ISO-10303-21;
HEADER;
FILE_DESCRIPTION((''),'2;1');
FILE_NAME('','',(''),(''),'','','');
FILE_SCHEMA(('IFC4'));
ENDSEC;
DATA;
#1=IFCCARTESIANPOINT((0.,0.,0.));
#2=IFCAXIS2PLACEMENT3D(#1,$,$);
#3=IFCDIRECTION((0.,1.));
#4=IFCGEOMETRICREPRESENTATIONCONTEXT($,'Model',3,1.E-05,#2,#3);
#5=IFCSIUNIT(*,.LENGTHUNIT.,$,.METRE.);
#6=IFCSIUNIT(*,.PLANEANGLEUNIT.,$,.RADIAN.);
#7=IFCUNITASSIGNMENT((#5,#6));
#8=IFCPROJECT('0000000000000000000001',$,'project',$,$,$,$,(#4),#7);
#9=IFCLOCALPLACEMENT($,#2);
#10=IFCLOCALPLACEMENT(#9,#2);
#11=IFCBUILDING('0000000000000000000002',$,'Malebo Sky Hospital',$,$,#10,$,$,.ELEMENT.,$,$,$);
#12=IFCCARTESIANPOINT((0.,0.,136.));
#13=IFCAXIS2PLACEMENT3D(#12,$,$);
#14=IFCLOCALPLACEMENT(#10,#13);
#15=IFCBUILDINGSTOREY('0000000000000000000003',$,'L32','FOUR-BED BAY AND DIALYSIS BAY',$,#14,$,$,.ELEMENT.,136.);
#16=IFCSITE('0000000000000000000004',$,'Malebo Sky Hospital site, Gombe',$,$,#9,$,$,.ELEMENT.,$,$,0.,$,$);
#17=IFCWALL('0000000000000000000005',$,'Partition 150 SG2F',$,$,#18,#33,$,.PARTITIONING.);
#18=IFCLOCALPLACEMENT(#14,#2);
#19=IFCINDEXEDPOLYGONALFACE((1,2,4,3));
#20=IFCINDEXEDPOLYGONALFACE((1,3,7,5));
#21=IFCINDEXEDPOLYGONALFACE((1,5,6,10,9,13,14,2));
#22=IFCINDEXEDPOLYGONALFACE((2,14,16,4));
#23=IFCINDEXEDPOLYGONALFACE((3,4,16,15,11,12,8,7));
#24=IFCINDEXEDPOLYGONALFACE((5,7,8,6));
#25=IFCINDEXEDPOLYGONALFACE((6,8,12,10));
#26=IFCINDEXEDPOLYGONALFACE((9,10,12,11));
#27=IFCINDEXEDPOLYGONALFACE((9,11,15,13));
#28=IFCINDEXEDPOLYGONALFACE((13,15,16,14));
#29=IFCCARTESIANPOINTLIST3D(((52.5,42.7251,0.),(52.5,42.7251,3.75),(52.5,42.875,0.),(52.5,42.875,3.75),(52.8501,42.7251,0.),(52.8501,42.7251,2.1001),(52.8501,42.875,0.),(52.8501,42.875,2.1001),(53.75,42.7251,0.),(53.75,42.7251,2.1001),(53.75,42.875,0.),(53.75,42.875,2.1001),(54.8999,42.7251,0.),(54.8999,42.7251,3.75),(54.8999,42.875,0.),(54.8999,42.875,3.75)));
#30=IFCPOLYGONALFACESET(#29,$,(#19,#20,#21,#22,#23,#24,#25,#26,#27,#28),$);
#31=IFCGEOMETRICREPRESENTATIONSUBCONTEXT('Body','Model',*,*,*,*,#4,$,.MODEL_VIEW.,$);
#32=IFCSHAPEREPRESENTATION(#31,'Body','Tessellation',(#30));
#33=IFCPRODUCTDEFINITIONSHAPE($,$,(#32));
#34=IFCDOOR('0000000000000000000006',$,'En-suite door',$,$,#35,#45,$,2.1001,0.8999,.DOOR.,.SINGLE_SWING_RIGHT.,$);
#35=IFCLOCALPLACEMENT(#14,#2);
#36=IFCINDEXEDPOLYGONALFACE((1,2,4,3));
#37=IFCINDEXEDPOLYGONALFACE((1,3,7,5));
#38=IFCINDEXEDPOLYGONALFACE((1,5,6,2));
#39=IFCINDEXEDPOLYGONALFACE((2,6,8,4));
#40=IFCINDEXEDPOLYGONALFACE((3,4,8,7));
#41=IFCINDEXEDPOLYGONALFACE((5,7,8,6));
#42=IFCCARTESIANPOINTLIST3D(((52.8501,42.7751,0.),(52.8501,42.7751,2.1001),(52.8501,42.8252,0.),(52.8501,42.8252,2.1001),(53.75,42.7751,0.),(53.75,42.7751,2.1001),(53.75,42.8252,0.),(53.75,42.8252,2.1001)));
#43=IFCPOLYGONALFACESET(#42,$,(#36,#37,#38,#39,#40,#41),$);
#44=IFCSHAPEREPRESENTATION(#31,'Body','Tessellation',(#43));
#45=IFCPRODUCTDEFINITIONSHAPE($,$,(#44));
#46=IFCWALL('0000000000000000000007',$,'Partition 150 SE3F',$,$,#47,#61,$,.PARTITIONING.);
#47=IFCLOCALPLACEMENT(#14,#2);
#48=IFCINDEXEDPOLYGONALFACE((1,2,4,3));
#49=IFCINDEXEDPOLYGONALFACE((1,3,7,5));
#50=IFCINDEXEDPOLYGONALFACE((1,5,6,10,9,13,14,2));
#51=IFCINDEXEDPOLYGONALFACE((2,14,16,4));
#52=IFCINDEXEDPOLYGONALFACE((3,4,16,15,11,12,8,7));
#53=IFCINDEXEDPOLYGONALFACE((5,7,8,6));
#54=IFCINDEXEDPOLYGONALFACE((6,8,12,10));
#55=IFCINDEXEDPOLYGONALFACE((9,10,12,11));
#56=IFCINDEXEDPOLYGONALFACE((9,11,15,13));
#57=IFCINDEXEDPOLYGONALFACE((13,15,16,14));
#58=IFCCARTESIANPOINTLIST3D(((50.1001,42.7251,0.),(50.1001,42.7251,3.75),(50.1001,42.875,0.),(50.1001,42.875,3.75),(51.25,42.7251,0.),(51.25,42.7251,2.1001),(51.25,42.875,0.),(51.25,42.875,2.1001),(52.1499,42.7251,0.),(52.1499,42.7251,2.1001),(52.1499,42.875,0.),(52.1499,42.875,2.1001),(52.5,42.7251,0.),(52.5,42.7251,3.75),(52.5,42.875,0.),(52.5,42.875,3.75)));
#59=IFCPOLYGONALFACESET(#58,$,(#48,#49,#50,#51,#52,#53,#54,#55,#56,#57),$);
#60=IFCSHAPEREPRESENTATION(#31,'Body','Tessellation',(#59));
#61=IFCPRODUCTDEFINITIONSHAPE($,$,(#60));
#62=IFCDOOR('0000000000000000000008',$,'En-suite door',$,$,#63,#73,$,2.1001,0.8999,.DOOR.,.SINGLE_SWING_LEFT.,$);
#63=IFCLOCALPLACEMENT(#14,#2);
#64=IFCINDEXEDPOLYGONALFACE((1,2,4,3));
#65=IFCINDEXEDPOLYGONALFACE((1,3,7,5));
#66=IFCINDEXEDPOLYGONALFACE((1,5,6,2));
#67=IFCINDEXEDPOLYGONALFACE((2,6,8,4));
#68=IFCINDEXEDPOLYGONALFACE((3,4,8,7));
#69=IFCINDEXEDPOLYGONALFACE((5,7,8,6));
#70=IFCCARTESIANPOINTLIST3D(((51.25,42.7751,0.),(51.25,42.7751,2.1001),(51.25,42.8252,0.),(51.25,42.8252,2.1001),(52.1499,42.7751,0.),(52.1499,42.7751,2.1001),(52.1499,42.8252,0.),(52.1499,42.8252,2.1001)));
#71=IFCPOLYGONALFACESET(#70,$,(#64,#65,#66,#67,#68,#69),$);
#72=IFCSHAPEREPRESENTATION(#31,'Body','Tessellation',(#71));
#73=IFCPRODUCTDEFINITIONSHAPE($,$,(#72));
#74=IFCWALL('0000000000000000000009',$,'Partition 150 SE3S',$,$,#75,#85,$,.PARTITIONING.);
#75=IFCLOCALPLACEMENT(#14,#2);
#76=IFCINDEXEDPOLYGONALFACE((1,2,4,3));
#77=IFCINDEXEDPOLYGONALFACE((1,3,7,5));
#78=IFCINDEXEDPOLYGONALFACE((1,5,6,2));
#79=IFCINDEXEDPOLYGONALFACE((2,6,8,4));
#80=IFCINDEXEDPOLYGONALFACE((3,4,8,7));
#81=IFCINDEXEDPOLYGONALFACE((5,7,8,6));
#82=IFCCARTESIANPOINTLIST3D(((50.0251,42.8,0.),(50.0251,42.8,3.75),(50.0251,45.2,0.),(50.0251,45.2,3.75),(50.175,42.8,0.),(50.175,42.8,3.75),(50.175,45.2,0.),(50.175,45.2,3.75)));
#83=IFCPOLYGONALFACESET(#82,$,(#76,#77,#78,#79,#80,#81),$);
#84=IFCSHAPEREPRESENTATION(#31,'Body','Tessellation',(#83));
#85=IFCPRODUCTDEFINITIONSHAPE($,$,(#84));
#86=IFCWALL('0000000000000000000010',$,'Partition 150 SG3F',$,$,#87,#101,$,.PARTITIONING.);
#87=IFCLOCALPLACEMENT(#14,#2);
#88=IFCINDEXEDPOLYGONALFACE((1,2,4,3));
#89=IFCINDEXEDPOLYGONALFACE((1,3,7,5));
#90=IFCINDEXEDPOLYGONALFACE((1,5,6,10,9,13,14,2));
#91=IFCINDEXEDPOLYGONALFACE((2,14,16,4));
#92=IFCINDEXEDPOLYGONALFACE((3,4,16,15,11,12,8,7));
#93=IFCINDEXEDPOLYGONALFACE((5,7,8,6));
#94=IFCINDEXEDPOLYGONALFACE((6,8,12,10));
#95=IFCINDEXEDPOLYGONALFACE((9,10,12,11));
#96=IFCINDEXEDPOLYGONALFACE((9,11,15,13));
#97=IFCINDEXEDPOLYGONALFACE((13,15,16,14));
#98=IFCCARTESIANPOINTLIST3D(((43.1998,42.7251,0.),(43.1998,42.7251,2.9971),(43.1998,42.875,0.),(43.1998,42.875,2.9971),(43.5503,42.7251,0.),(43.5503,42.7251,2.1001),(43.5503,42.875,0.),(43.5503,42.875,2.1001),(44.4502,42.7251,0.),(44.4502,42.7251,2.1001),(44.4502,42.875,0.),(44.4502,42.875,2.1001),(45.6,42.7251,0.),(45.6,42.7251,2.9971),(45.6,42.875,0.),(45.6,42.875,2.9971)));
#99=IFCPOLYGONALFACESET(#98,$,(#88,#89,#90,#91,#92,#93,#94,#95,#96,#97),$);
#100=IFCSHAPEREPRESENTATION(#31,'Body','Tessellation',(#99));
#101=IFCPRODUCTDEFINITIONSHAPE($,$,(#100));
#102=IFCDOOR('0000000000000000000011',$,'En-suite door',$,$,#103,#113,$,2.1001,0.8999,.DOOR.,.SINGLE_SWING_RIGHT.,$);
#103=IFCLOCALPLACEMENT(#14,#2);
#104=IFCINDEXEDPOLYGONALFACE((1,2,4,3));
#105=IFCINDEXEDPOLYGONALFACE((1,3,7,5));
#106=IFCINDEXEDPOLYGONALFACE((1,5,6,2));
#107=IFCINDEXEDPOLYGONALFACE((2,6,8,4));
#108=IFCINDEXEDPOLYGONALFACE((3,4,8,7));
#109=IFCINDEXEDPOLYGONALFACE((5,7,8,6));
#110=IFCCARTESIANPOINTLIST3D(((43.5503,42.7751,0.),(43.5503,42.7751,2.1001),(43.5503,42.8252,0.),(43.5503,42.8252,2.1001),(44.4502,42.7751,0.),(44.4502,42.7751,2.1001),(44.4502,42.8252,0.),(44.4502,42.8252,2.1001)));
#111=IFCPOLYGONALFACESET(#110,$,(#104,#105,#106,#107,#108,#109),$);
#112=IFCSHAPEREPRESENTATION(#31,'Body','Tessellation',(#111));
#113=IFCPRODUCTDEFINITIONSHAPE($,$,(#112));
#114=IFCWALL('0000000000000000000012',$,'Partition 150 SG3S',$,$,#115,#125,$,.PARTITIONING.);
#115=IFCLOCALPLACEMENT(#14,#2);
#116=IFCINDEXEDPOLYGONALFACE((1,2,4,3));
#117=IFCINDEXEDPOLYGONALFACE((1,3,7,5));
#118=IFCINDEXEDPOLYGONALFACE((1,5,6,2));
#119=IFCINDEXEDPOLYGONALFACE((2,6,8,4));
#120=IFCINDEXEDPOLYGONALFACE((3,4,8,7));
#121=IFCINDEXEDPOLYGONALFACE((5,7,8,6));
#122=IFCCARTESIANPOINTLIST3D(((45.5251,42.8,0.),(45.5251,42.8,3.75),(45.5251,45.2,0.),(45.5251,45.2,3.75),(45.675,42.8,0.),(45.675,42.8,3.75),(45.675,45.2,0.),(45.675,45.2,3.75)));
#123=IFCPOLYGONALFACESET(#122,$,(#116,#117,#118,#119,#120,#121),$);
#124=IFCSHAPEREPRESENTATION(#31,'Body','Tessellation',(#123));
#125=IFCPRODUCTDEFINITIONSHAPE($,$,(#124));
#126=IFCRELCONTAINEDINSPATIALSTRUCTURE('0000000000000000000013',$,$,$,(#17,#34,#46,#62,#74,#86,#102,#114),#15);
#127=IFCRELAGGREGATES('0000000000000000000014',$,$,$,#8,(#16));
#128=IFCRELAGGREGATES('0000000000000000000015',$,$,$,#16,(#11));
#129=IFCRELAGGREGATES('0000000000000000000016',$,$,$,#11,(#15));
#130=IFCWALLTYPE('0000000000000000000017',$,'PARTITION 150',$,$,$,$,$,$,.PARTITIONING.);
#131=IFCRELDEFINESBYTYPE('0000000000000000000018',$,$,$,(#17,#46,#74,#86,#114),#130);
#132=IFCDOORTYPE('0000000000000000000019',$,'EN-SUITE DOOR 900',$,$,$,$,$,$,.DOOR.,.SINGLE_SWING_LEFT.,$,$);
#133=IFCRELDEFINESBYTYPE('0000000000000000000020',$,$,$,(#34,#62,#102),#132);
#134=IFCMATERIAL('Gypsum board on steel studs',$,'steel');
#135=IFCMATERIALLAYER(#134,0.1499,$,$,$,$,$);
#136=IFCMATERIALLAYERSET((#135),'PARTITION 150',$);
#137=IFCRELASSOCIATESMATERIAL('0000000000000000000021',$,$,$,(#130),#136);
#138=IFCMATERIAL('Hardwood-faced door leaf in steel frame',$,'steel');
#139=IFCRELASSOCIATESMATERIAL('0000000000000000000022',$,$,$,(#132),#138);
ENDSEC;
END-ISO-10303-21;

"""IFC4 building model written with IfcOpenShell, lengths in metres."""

from ifc_helpers import new_model, si_unit, direction, frame, frame_2d, origin, place, context, subcontext, project, spatial, rectangle, extrude, material, layer, layer_set, type_object, element, fill, save


model = new_model("IFC4")

# Units and contexts
model_context = context("Model", 3, precision=1e-05, world=origin(), true_north=direction((0.0, 1.0)))
body_context = subcontext(model_context, "Body", "Model", "MODEL_VIEW")
ifc_project = project(units=[si_unit("LENGTHUNIT", "METRE"), si_unit("PLANEANGLEUNIT", "RADIAN")], contexts=[model_context])

# Site, building, storey
site_placement = place(None, origin())
site = spatial("IfcSite", under=ifc_project, at=site_placement, Name="Malebo Sky Hospital site, Gombe", CompositionType="ELEMENT", RefElevation=0.0)
building_placement = place(site_placement, origin())
building = spatial("IfcBuilding", under=site, at=building_placement, Name="Malebo Sky Hospital", CompositionType="ELEMENT")
storey_placement = place(building_placement, frame((0.0, 0.0, 136.0)))
storey = spatial("IfcBuildingStorey", under=building, at=storey_placement, Name="L32", Description="FOUR-BED BAY AND DIALYSIS BAY", CompositionType="ELEMENT", Elevation=136.0)

# Shared definitions
ifc_material_1 = material(Name="Gypsum board on steel studs", Category="steel")
ifc_layer_1 = layer(ifc_material_1, 0.1499)
ifc_layer_set_1 = layer_set([ifc_layer_1], Name="PARTITION 150")
wall_type = type_object("IfcWallType", Name="PARTITION 150", PredefinedType="PARTITIONING", material=ifc_layer_set_1)

# Walls, openings, doors
wall_1_placement = place(storey_placement, frame((54.8999, 42.8, 0.0), z_axis=(0.0, 0.0, 1.0), x_axis=(-1.0, 0.0, 0.0)))
wall_1 = element("IfcWall", 1, at=wall_1_placement, inside=storey, type_object=wall_type, Name="Partition 150 SG2F", PredefinedType="PARTITIONING", context=body_context, shape_type="SweptSolid", body=[
    extrude(rectangle(XDim=2.3999, YDim=0.1499, at=frame_2d((1.2, 0.0))), origin(), (0.0, 0.0, 1.0), 3.75),
])
opening_1_placement = place(wall_1_placement, frame((1.1499, 0.0, 0.0)))
opening_1 = element("IfcOpeningElement", 2, at=opening_1_placement, cuts=wall_1, PredefinedType="OPENING", context=body_context, shape_type="SweptSolid", body=[
    extrude(rectangle(XDim=0.8999, YDim=2.1001, at=frame_2d((0.45, 1.05))), frame((0.0, 0.085, 0.0), z_axis=(0.0, -1.0, 0.0), x_axis=(1.0, 0.0, 0.0)), (0.0, 0.0, 1.0), 0.1699),
])
ifc_material_2 = material(Name="Hardwood-faced door leaf in steel frame", Category="steel")
door_type = type_object("IfcDoorType", Name="EN-SUITE DOOR 900", OperationType="SINGLE_SWING_LEFT", PredefinedType="DOOR", material=ifc_material_2)
door_1_placement = place(opening_1_placement, origin())
door_1 = element("IfcDoor", 3, at=door_1_placement, inside=storey, type_object=door_type, Name="En-suite door", OperationType="SINGLE_SWING_RIGHT", OverallHeight=2.1001, OverallWidth=0.8999, PredefinedType="DOOR", context=body_context, shape_type="SweptSolid", body=[
    extrude(rectangle(XDim=0.8999, YDim=2.1001, at=frame_2d((0.45, 1.05))), frame((0.0, 0.0249, 0.0), z_axis=(0.0, -1.0, 0.0), x_axis=(1.0, 0.0, 0.0)), (0.0, 0.0, 1.0), 0.05),
])
fill(opening_1, door_1)
wall_2_placement = place(storey_placement, frame((52.5, 42.8, 0.0), z_axis=(0.0, 0.0, 1.0), x_axis=(-1.0, 0.0, 0.0)))
wall_2 = element("IfcWall", 4, at=wall_2_placement, inside=storey, type_object=wall_type, Name="Partition 150 SE3F", PredefinedType="PARTITIONING", context=body_context, shape_type="SweptSolid", body=[
    extrude(rectangle(XDim=2.3999, YDim=0.1499, at=frame_2d((1.2, 0.0))), origin(), (0.0, 0.0, 1.0), 3.75),
])
opening_2_placement = place(wall_2_placement, frame((0.3501, 0.0, 0.0)))
opening_2 = element("IfcOpeningElement", 5, at=opening_2_placement, cuts=wall_2, PredefinedType="OPENING", context=body_context, shape_type="SweptSolid", body=[
    extrude(rectangle(XDim=0.8999, YDim=2.1001, at=frame_2d((0.45, 1.05))), frame((0.0, 0.085, 0.0), z_axis=(0.0, -1.0, 0.0), x_axis=(1.0, 0.0, 0.0)), (0.0, 0.0, 1.0), 0.1699),
])
door_2_placement = place(opening_2_placement, origin())
door_2 = element("IfcDoor", 6, at=door_2_placement, inside=storey, type_object=door_type, Name="En-suite door", OperationType="SINGLE_SWING_LEFT", OverallHeight=2.1001, OverallWidth=0.8999, PredefinedType="DOOR", context=body_context, shape_type="SweptSolid", body=[
    extrude(rectangle(XDim=0.8999, YDim=2.1001, at=frame_2d((0.45, 1.05))), frame((0.0, 0.0249, 0.0), z_axis=(0.0, -1.0, 0.0), x_axis=(1.0, 0.0, 0.0)), (0.0, 0.0, 1.0), 0.05),
])
fill(opening_2, door_2)

# Wall
wall_3_placement = place(storey_placement, frame((50.1001, 45.2, 0.0), z_axis=(0.0, 0.0, 1.0), x_axis=(0.0, -1.0, 0.0)))
element("IfcWall", 7, at=wall_3_placement, inside=storey, type_object=wall_type, Name="Partition 150 SE3S", PredefinedType="PARTITIONING", context=body_context, shape_type="SweptSolid", body=[
    extrude(rectangle(XDim=2.3999, YDim=0.1499, at=frame_2d((1.2, 0.0))), origin(), (0.0, 0.0, 1.0), 3.75),
])

# Wall, opening, door
wall_4_placement = place(storey_placement, frame((45.6001, 42.8, 0.0), z_axis=(0.0, 0.0, 1.0), x_axis=(-1.0, 0.0, 0.0)))
wall_4 = element("IfcWall", 8, at=wall_4_placement, inside=storey, type_object=wall_type, Name="Partition 150 SG3F", PredefinedType="PARTITIONING", context=body_context, shape_type="SweptSolid", body=[
    extrude(rectangle(XDim=2.4001, YDim=0.1499, at=frame_2d((1.2002, 0.0))), origin(), (0.0, 0.0, 1.0), 2.9971),
])
opening_3_placement = place(wall_4_placement, frame((1.1499, 0.0, 0.0)))
opening_3 = element("IfcOpeningElement", 9, at=opening_3_placement, cuts=wall_4, PredefinedType="OPENING", context=body_context, shape_type="SweptSolid", body=[
    extrude(rectangle(XDim=0.8999, YDim=2.1001, at=frame_2d((0.45, 1.05))), frame((0.0, 0.085, 0.0), z_axis=(0.0, -1.0, 0.0), x_axis=(1.0, 0.0, 0.0)), (0.0, 0.0, 1.0), 0.1699),
])
door_3_placement = place(opening_3_placement, origin())
door_3 = element("IfcDoor", 10, at=door_3_placement, inside=storey, type_object=door_type, Name="En-suite door", OperationType="SINGLE_SWING_RIGHT", OverallHeight=2.1001, OverallWidth=0.8999, PredefinedType="DOOR", context=body_context, shape_type="SweptSolid", body=[
    extrude(rectangle(XDim=0.8999, YDim=2.1001, at=frame_2d((0.45, 1.05))), frame((0.0, 0.0249, 0.0), z_axis=(0.0, -1.0, 0.0), x_axis=(1.0, 0.0, 0.0)), (0.0, 0.0, 1.0), 0.05),
])
fill(opening_3, door_3)

# Wall
wall_5_placement = place(storey_placement, frame((45.6001, 45.2, 0.0), z_axis=(0.0, 0.0, 1.0), x_axis=(0.0, -1.0, 0.0)))
element("IfcWall", 11, at=wall_5_placement, inside=storey, type_object=wall_type, Name="Partition 150 SG3S", PredefinedType="PARTITIONING", context=body_context, shape_type="SweptSolid", body=[
    extrude(rectangle(XDim=2.3999, YDim=0.1499, at=frame_2d((1.2, 0.0))), origin(), (0.0, 0.0, 1.0), 3.75),
])

save(model, "model.ifc")
